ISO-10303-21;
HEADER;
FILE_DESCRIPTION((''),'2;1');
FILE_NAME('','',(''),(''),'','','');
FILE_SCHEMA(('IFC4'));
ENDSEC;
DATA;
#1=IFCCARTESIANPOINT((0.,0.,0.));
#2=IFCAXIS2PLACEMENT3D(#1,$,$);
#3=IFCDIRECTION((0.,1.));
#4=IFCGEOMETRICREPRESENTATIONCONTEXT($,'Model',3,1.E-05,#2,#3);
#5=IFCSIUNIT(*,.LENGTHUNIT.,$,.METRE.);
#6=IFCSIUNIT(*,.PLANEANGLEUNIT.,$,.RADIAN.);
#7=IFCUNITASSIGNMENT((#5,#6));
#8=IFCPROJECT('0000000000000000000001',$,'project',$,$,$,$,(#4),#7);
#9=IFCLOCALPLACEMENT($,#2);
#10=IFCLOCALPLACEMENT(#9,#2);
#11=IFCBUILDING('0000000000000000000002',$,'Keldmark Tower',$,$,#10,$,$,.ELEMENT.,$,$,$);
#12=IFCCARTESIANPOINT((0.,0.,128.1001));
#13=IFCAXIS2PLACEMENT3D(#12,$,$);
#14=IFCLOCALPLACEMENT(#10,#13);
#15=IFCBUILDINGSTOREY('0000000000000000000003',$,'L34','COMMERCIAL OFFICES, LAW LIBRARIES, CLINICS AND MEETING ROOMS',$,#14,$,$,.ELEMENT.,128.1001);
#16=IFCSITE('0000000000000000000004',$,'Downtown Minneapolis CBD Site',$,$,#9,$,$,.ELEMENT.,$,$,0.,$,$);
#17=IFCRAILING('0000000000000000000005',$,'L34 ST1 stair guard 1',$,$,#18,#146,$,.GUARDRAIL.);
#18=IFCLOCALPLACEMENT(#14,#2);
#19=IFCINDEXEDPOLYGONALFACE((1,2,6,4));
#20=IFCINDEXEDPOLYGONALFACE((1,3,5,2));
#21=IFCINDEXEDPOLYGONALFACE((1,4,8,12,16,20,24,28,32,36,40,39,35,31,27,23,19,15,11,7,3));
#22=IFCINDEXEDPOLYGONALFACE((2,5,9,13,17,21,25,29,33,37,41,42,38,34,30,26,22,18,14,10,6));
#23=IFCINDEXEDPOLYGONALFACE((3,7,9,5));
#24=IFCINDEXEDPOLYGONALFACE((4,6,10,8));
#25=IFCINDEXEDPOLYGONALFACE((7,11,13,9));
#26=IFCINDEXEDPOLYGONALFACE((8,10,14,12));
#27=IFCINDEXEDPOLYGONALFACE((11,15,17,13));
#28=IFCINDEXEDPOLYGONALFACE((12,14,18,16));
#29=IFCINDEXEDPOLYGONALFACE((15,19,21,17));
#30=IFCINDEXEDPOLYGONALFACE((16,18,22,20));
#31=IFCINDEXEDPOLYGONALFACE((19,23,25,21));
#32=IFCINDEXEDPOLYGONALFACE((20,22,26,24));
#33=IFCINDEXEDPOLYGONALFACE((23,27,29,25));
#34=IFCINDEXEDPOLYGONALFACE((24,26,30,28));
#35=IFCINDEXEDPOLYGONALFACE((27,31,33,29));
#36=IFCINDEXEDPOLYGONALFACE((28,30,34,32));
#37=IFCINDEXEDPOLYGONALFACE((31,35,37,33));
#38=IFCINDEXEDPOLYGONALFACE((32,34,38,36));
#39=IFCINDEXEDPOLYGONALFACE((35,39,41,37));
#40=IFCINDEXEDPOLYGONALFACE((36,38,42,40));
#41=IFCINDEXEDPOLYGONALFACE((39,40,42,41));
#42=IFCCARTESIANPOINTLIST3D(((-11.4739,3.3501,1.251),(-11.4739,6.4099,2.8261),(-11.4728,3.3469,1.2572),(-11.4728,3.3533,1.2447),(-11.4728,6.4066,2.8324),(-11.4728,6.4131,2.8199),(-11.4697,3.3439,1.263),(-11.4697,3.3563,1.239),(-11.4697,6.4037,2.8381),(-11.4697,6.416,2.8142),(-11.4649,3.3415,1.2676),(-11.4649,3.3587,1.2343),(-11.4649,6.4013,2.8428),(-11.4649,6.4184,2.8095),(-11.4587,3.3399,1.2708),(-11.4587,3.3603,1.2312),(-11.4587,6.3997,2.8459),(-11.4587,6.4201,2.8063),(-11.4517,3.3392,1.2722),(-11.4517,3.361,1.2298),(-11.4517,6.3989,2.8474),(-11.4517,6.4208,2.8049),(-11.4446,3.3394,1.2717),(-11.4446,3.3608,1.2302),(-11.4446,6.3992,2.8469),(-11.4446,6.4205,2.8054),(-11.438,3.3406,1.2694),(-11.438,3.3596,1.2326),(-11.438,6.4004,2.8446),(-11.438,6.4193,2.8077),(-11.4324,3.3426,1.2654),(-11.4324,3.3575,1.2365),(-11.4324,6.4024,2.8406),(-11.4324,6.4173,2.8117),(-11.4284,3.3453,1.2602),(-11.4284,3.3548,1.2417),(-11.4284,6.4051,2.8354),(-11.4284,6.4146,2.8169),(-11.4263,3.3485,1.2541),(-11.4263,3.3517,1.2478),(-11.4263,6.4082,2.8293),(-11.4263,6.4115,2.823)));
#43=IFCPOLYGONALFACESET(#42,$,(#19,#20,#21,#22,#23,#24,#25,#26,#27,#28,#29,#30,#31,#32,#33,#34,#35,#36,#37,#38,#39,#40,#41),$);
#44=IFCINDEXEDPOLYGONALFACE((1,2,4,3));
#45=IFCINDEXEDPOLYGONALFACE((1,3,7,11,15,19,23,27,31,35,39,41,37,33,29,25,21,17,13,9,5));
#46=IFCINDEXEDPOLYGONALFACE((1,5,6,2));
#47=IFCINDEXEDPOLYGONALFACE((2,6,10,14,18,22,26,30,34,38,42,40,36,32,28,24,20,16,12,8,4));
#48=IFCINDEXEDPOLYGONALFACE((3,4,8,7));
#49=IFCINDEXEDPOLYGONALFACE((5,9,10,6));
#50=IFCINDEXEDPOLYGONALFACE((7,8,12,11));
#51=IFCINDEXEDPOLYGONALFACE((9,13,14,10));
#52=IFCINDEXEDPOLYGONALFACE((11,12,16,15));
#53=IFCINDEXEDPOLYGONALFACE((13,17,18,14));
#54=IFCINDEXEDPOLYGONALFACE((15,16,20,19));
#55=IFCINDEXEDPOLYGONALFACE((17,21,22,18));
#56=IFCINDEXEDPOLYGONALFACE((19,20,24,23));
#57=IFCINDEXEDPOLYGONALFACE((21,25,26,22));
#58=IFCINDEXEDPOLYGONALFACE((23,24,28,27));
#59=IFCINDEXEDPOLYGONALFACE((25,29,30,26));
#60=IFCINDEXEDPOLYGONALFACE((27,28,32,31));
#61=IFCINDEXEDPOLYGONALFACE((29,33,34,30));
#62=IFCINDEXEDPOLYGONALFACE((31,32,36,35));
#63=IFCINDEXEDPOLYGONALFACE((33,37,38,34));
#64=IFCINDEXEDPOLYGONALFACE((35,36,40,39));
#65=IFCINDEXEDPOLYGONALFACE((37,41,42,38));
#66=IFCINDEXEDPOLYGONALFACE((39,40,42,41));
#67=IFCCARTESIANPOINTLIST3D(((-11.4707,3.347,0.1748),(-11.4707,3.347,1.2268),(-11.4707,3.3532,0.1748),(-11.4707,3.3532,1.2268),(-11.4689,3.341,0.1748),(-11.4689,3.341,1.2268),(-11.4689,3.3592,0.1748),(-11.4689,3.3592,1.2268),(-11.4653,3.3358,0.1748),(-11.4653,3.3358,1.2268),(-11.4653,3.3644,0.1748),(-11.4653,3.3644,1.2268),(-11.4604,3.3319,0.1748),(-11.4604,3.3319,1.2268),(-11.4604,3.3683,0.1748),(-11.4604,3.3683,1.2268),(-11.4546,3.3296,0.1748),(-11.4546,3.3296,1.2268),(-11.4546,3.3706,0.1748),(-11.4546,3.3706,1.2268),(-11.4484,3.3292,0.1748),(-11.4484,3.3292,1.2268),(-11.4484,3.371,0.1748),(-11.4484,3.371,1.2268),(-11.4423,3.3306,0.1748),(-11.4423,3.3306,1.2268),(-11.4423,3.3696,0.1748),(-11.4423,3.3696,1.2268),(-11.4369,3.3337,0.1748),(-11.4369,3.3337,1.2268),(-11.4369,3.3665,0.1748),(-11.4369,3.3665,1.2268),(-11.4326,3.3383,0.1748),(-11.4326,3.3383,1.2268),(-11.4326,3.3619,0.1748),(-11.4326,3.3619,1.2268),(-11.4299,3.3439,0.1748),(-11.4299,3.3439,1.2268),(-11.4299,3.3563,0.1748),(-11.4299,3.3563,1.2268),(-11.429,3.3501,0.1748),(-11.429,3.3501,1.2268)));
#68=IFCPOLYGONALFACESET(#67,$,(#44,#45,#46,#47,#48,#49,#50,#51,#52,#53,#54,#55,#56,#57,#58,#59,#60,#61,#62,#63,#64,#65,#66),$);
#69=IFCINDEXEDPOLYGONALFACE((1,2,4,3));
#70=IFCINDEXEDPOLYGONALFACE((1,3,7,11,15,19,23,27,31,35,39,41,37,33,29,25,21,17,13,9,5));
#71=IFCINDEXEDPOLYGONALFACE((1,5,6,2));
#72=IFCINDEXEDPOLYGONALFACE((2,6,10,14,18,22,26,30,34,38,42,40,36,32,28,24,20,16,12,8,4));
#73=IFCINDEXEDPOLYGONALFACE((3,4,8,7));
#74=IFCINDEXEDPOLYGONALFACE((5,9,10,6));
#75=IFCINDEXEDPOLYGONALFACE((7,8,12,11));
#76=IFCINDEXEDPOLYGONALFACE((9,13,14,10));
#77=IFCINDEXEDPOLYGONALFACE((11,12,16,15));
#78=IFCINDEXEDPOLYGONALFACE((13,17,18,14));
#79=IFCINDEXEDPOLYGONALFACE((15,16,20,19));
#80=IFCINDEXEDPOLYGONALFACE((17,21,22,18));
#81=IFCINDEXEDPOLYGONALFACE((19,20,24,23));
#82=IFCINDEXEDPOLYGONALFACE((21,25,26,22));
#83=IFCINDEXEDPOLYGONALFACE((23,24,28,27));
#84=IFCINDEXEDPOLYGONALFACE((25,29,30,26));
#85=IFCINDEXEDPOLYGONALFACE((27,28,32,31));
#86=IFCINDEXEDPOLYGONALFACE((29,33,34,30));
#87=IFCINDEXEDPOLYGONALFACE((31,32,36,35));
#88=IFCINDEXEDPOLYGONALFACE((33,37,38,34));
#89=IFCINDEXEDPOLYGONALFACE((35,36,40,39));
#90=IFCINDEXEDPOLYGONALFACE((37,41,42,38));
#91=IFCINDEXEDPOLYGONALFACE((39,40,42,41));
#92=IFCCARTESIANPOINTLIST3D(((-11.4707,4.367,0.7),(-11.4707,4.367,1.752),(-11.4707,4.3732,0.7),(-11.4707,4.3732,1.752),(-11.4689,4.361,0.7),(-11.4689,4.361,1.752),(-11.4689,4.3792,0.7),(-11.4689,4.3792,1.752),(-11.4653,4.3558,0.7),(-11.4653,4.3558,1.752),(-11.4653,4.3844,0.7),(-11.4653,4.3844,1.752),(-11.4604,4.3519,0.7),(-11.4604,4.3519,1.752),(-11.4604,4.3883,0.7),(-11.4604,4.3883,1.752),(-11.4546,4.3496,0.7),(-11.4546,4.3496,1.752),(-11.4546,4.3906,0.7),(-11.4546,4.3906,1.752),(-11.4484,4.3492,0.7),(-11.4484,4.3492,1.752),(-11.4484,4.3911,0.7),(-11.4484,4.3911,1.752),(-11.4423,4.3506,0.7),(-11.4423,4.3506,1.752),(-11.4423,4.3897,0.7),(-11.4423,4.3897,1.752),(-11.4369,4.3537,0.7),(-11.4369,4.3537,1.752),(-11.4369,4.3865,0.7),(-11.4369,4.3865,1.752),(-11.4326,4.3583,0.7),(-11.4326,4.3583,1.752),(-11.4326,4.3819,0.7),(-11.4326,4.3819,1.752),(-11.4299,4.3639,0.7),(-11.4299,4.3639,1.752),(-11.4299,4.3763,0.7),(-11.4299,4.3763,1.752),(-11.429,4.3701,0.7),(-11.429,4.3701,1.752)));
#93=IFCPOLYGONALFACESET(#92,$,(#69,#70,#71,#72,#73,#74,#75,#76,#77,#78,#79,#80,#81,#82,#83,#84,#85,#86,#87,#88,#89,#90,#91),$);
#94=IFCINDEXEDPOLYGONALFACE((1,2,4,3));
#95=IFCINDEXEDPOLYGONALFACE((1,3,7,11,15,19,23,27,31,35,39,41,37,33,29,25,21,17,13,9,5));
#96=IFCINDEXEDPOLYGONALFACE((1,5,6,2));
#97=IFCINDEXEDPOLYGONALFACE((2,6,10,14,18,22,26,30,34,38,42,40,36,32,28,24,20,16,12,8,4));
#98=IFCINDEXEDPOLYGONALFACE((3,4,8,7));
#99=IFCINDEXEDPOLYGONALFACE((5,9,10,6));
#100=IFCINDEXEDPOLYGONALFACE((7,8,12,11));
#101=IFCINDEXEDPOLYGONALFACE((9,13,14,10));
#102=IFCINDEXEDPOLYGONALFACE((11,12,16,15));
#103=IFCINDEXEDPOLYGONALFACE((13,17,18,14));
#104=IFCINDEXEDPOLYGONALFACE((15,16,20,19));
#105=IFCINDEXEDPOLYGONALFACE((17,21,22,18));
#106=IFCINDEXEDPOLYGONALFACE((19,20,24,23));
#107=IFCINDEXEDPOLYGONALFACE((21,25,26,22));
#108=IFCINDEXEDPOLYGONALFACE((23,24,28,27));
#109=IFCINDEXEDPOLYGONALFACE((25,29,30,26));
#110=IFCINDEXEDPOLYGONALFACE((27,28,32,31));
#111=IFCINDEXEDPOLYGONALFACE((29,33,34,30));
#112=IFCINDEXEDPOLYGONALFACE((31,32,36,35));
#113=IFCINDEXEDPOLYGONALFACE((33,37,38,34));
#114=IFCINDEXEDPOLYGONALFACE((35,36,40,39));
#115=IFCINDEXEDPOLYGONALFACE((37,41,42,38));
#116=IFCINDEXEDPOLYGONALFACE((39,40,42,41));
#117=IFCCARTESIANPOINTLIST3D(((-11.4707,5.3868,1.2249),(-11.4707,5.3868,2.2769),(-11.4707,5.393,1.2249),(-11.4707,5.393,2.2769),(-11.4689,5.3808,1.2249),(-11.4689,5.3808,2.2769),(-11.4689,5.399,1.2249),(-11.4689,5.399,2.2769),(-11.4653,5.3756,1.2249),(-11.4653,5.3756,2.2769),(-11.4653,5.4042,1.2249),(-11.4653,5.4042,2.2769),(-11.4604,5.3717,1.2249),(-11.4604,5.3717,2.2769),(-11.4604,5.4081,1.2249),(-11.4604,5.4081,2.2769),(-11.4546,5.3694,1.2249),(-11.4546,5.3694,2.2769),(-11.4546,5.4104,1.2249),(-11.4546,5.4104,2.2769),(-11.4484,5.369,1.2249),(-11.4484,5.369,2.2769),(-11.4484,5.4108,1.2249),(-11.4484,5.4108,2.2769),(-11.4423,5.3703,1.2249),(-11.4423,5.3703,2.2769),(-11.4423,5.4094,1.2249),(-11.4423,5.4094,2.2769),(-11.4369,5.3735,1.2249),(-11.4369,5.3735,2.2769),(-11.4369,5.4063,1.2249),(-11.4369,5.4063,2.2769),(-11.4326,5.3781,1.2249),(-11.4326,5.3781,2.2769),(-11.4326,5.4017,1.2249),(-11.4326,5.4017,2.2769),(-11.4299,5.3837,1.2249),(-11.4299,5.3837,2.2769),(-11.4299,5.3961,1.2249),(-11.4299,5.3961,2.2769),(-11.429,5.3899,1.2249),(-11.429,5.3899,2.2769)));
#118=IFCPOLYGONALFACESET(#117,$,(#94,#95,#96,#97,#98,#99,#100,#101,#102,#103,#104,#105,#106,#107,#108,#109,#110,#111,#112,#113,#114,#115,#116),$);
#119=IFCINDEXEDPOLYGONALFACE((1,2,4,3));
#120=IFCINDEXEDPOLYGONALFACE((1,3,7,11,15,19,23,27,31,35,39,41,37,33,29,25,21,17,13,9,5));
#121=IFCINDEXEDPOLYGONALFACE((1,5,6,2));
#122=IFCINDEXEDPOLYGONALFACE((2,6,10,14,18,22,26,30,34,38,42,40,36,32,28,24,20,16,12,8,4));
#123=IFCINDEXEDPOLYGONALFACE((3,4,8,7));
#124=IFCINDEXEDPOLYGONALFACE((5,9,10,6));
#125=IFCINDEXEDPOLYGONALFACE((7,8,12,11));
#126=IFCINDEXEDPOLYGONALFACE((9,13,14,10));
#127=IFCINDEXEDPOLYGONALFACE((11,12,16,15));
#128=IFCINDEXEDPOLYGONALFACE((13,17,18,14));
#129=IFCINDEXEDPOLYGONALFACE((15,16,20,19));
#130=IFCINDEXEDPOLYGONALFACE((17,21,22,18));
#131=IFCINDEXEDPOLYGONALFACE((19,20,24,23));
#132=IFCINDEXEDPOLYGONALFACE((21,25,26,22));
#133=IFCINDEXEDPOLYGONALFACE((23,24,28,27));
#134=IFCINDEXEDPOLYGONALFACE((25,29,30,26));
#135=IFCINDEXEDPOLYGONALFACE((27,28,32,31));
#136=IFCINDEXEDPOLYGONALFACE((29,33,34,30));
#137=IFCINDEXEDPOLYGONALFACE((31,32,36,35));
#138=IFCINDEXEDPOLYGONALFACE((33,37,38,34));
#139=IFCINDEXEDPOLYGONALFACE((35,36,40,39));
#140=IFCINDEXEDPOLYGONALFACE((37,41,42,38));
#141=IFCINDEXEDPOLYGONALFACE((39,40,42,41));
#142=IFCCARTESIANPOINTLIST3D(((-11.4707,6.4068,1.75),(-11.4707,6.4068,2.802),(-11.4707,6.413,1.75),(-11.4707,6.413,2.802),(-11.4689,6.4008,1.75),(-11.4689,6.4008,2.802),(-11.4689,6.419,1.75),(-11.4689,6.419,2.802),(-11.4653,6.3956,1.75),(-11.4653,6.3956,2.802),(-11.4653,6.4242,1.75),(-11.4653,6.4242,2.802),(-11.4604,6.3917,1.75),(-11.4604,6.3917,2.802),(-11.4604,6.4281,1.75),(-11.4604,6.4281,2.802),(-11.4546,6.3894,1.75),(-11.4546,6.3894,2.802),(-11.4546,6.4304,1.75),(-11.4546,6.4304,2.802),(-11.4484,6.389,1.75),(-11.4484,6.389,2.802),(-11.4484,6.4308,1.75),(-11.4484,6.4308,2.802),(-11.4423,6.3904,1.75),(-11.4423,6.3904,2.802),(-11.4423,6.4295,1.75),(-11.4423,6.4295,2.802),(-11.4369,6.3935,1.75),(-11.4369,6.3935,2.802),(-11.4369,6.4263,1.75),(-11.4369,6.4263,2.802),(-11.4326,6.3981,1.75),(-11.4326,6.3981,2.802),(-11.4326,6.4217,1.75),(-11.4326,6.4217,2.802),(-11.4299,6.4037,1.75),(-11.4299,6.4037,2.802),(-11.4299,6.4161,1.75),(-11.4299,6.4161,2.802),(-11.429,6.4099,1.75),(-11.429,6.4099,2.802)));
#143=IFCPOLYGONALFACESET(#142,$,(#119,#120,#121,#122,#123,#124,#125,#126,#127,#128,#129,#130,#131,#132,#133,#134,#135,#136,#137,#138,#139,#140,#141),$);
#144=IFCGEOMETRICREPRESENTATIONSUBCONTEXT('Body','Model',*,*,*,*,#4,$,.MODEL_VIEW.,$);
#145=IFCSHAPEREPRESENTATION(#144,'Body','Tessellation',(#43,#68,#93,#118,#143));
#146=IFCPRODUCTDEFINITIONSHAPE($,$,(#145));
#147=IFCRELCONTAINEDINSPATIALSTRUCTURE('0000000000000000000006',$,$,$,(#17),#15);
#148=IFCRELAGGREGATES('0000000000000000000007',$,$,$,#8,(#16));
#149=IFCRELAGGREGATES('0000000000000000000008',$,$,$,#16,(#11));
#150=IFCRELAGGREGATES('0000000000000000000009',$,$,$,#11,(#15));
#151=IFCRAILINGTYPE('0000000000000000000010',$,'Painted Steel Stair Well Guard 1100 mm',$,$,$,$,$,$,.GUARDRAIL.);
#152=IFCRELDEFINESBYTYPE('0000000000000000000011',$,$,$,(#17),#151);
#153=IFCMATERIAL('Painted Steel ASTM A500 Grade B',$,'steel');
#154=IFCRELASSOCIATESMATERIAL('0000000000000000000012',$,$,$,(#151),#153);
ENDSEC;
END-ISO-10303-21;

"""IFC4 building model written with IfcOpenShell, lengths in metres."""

from ifc_helpers import new_model, si_unit, direction, frame, origin, origin_2d, place, context, subcontext, project, spatial, circle, extrude, material, type_object, element, save


model = new_model("IFC4")

# Units and contexts
model_context = context("Model", 3, precision=1e-05, world=origin(), true_north=direction((0.0, 1.0)))
body_context = subcontext(model_context, "Body", "Model", "MODEL_VIEW")
ifc_project = project(units=[si_unit("LENGTHUNIT", "METRE"), si_unit("PLANEANGLEUNIT", "RADIAN")], contexts=[model_context])

# Site, building, storey
site_placement = place(None, origin())
site = spatial("IfcSite", under=ifc_project, at=site_placement, Name="Downtown Minneapolis CBD Site", CompositionType="ELEMENT", RefElevation=0.0)
building_placement = place(site_placement, origin())
building = spatial("IfcBuilding", under=site, at=building_placement, Name="Keldmark Tower", CompositionType="ELEMENT")
storey_placement = place(building_placement, frame((0.0, 0.0, 128.1001)))
storey = spatial("IfcBuildingStorey", under=building, at=storey_placement, Name="L34", Description="COMMERCIAL OFFICES, LAW LIBRARIES, CLINICS AND MEETING ROOMS", CompositionType="ELEMENT", Elevation=128.1001)

# Railing
ifc_material_1 = material(Name="Painted Steel ASTM A500 Grade B", Category="steel")
railing_type_1 = type_object("IfcRailingType", Name="Painted Steel Stair Well Guard 1100 mm", PredefinedType="GUARDRAIL", material=ifc_material_1)
railing_1_placement = place(storey_placement, frame((-11.45, 3.3501, 0.1748)))
element("IfcRailing", 1, at=railing_1_placement, inside=storey, type_object=railing_type_1, Name="L34 ST1 stair guard 1", PredefinedType="GUARDRAIL", context=body_context, shape_type="SweptSolid", body=[
    extrude(circle(Radius=0.0239, at=origin_2d()), frame((0.0, 0.0, 1.0762), z_axis=(0.0, 0.889101, 0.45771), x_axis=(-1.0, 0.0, 0.0)), (0.0, 0.0, 1.0), 3.4414),
    extrude(circle(Radius=0.021, at=origin_2d()), origin(), (0.0, 0.0, 1.0), 1.052),
    extrude(circle(Radius=0.021, at=origin_2d()), frame((0.0, 1.02, 0.5251)), (0.0, 0.0, 1.0), 1.052),
    extrude(circle(Radius=0.021, at=origin_2d()), frame((0.0, 2.0398, 1.05)), (0.0, 0.0, 1.0), 1.052),
    extrude(circle(Radius=0.021, at=origin_2d()), frame((0.0, 3.0598, 1.5752)), (0.0, 0.0, 1.0), 1.052),
])

save(model, "model.ifc")
